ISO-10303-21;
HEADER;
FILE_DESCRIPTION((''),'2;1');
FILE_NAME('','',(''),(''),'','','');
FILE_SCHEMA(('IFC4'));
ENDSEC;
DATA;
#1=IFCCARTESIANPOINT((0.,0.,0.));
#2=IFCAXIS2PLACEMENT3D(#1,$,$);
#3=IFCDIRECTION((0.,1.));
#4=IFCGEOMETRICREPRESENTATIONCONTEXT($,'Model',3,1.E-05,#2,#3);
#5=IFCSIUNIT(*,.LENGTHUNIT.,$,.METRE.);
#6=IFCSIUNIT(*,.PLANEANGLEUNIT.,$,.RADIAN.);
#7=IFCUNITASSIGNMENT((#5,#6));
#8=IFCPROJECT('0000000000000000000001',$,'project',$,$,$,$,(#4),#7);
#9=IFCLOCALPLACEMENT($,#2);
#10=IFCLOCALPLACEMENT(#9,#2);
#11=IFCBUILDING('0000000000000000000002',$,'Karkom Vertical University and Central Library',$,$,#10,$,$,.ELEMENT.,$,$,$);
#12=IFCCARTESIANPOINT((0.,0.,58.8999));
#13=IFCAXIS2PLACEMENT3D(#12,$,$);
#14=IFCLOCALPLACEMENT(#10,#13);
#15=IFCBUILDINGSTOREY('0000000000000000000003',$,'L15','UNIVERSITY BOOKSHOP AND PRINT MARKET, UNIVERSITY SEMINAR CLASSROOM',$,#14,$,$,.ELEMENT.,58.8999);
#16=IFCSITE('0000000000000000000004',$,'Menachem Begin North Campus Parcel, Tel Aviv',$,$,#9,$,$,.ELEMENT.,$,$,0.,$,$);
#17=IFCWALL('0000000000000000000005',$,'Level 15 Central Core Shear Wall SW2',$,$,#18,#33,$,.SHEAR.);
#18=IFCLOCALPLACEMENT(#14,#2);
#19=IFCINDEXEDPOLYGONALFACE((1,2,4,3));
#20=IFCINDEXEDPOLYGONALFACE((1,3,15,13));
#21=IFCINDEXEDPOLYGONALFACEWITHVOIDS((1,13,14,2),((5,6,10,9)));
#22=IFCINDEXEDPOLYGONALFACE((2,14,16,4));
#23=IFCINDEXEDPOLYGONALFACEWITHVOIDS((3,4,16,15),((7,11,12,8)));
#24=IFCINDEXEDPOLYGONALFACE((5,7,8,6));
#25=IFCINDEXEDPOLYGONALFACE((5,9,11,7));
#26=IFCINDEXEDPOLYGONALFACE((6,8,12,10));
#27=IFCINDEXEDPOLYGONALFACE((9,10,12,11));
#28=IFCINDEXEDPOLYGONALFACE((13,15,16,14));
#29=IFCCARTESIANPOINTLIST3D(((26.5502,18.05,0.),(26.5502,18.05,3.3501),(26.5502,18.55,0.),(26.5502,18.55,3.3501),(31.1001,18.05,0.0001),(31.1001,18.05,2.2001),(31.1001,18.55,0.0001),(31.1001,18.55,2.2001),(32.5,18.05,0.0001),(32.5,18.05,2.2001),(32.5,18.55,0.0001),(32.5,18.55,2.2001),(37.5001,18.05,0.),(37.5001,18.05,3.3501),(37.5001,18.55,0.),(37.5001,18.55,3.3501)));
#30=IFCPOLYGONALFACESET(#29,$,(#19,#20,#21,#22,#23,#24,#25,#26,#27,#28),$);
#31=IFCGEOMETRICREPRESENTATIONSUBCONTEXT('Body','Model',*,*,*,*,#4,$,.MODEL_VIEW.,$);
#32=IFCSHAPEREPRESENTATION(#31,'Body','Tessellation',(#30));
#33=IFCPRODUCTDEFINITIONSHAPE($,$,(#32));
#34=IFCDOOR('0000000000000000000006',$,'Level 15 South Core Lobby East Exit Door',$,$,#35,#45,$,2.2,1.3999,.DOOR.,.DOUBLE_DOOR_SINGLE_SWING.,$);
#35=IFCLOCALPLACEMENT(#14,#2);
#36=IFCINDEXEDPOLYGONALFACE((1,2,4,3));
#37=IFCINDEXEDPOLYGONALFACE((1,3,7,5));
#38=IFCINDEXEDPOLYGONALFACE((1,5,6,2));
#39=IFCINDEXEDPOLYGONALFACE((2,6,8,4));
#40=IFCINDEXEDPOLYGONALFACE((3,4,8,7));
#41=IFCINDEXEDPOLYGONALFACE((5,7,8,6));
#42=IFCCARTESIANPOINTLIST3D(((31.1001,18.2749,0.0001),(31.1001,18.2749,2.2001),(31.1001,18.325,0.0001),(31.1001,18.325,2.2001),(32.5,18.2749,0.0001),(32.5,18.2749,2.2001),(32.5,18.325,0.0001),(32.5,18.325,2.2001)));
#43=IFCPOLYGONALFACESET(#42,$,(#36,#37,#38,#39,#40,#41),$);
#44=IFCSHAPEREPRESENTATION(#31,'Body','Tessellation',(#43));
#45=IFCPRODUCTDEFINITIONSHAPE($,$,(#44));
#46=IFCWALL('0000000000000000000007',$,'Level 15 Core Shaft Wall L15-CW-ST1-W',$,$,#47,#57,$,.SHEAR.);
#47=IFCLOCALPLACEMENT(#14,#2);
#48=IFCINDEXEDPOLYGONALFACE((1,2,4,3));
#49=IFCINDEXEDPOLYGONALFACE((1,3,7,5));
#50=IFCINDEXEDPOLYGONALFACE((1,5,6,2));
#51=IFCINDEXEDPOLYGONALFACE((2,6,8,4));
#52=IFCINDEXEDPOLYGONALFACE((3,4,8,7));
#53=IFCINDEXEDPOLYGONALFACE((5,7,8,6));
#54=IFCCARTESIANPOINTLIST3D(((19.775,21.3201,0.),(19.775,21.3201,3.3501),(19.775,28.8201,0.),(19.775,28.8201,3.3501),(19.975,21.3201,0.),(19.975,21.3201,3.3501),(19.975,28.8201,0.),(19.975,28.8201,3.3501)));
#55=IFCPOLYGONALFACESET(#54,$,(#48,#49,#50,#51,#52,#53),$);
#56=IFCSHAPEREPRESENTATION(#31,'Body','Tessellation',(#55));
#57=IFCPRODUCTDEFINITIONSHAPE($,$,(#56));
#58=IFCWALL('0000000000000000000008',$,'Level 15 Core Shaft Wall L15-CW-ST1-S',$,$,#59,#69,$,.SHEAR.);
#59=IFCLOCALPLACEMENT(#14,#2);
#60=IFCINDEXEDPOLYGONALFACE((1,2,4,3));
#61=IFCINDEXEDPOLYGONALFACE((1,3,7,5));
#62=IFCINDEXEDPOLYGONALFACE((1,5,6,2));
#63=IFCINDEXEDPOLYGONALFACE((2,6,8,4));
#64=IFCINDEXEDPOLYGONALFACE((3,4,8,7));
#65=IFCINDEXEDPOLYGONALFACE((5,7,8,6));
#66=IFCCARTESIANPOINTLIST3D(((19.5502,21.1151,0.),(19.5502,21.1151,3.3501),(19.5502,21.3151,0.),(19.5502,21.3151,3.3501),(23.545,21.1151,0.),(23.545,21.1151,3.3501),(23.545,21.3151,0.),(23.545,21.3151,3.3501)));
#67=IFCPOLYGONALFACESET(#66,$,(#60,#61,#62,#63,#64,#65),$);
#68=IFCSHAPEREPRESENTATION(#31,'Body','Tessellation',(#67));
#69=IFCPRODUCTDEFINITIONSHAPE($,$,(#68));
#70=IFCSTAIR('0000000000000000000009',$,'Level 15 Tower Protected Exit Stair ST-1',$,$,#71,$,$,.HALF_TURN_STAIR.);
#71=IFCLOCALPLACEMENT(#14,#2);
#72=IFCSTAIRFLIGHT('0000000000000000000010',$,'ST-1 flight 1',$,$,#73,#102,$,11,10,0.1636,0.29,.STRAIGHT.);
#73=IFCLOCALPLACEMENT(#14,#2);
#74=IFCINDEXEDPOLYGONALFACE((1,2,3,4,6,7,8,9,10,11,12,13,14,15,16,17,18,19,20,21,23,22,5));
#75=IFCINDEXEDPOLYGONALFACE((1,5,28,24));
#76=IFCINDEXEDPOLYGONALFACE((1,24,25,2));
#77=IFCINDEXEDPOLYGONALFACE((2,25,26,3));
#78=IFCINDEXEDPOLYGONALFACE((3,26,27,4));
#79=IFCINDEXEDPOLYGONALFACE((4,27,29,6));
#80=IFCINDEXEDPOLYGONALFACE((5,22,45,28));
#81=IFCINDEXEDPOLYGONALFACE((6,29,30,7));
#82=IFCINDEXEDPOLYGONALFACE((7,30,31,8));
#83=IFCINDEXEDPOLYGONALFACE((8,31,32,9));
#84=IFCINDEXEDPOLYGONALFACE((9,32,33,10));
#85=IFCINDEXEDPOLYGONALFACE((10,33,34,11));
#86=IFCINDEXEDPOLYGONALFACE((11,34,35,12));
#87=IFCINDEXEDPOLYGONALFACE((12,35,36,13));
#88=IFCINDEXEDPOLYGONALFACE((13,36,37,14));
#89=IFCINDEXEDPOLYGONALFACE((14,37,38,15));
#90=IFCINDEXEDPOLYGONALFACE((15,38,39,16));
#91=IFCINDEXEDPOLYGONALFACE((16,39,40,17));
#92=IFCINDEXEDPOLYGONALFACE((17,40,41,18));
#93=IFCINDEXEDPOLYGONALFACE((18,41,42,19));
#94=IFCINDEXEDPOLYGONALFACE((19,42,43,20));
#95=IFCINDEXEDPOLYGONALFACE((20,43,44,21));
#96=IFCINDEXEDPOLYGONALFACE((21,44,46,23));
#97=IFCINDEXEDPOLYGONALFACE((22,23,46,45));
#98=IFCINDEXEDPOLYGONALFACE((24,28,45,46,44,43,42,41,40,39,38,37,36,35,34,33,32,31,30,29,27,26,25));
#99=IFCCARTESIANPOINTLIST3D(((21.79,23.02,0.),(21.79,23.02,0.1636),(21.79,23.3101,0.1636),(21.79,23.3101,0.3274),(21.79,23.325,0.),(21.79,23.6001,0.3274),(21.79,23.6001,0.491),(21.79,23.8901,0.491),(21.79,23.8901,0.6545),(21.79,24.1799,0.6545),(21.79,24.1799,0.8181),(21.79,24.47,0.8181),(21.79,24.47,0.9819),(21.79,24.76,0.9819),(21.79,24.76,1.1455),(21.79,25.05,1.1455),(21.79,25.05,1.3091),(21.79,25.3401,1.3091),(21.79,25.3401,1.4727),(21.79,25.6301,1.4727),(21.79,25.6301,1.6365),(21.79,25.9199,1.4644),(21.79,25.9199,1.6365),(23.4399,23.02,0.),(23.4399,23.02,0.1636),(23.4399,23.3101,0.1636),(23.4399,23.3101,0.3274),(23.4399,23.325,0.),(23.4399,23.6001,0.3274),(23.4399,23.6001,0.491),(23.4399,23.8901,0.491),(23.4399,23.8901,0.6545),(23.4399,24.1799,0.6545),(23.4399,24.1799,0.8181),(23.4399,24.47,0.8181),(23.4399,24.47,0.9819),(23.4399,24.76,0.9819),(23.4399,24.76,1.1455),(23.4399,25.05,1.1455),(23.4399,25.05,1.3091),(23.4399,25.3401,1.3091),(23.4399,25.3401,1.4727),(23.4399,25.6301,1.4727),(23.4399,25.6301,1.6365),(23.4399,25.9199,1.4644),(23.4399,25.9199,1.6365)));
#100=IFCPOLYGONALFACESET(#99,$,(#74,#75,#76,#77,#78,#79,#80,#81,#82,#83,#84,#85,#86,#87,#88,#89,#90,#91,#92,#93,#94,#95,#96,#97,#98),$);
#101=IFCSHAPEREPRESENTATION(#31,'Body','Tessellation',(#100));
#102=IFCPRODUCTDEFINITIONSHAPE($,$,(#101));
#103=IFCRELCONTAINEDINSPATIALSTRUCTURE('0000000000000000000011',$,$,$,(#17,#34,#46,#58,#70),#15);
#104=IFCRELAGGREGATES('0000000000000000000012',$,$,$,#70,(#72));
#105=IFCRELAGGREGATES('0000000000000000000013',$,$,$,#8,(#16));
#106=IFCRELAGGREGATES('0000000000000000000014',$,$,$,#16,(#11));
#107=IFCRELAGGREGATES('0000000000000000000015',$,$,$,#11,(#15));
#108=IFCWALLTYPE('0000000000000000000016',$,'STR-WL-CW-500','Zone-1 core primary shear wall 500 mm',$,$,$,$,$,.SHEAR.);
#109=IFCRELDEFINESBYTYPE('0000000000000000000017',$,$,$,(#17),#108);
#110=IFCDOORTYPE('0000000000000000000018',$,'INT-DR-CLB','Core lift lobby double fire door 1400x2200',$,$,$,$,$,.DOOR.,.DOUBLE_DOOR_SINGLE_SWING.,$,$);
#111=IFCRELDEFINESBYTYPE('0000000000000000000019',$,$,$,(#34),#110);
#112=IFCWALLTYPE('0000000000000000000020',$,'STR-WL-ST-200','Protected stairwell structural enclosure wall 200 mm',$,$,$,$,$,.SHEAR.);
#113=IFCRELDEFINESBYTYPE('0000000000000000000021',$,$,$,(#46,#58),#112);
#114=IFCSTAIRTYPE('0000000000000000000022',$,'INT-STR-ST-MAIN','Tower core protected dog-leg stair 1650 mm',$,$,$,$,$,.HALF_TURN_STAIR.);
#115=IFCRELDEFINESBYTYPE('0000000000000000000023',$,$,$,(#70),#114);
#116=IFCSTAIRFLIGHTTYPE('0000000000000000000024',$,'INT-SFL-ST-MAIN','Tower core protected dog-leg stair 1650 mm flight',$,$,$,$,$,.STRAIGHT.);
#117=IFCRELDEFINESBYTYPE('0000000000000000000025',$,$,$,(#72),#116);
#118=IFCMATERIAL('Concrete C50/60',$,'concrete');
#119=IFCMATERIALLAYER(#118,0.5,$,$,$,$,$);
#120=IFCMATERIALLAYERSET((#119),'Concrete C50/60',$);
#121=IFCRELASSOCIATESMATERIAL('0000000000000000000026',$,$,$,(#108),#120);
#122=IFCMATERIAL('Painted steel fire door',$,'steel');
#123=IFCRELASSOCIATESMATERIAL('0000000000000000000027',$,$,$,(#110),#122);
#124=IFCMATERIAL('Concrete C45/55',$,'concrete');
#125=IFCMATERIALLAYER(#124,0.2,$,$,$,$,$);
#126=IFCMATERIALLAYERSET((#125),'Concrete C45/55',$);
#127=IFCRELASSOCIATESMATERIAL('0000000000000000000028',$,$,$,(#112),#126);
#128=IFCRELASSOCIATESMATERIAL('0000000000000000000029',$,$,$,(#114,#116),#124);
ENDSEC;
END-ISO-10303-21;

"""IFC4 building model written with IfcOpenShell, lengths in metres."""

from ifc_helpers import new_model, si_unit, direction, frame, frame_2d, origin, origin_with_axes, place, context, subcontext, project, spatial, polyline, rectangle, outline, extrude, source, transform, mapped, material, layer, layer_set, type_object, element, fill, aggregate, save


model = new_model("IFC4")

# Units and contexts
model_context = context("Model", 3, precision=1e-05, world=origin(), true_north=direction((0.0, 1.0)))
body_context = subcontext(model_context, "Body", "Model", "MODEL_VIEW")
ifc_project = project(units=[si_unit("LENGTHUNIT", "METRE"), si_unit("PLANEANGLEUNIT", "RADIAN")], contexts=[model_context])

# Site, building, storey
site_placement = place(None, origin())
site = spatial("IfcSite", under=ifc_project, at=site_placement, Name="Menachem Begin North Campus Parcel, Tel Aviv", CompositionType="ELEMENT", RefElevation=0.0)
building_placement = place(site_placement, origin())
building = spatial("IfcBuilding", under=site, at=building_placement, Name="Karkom Vertical University and Central Library", CompositionType="ELEMENT")
storey_placement = place(building_placement, frame((0.0, 0.0, 58.8999)))
storey = spatial("IfcBuildingStorey", under=building, at=storey_placement, Name="L15", Description="UNIVERSITY BOOKSHOP AND PRINT MARKET, UNIVERSITY SEMINAR CLASSROOM", CompositionType="ELEMENT", Elevation=58.8999)

# Shared definitions
ifc_material_1 = material(Name="Concrete C50/60", Category="concrete")

# Wall, opening, door
ifc_layer_1 = layer(ifc_material_1, 0.5)
ifc_layer_set_1 = layer_set([ifc_layer_1], Name="Concrete C50/60")
wall_type_1 = type_object("IfcWallType", Name="STR-WL-CW-500", Description="Zone-1 core primary shear wall 500 mm", PredefinedType="SHEAR", material=ifc_layer_set_1)
wall_1_placement = place(storey_placement, frame((26.55, 18.3, 0.0), z_axis=(0.0, 0.0, 1.0), x_axis=(1.0, 0.0, 0.0)))
wall_1 = element("IfcWall", 1, at=wall_1_placement, inside=storey, type_object=wall_type_1, Name="Level 15 Central Core Shear Wall SW2", PredefinedType="SHEAR", context=body_context, shape_type="SweptSolid", body=[
    extrude(rectangle(XDim=10.95, YDim=0.5, at=frame_2d((5.4751, 0.0))), origin(), (0.0, 0.0, 1.0), 3.3501),
])
opening_1_placement = place(wall_1_placement, frame((4.55, 0.0, 0.0)))
opening_1 = element("IfcOpeningElement", 2, at=opening_1_placement, cuts=wall_1, PredefinedType="OPENING", context=body_context, shape_type="SweptSolid", body=[
    extrude(rectangle(XDim=1.3999, YDim=2.2, at=frame_2d((0.7, 1.1001))), frame((0.0, 0.26, 0.0), z_axis=(0.0, -1.0, 0.0), x_axis=(1.0, 0.0, 0.0)), (0.0, 0.0, 1.0), 0.52),
])
ifc_material_2 = material(Name="Painted steel fire door", Category="steel")
door_type_1 = type_object("IfcDoorType", Name="INT-DR-CLB", Description="Core lift lobby double fire door 1400x2200", OperationType="DOUBLE_DOOR_SINGLE_SWING", PredefinedType="DOOR", material=ifc_material_2)
shared_shape_1 = source(origin_with_axes(), body_context, "Body", "SweptSolid", [
    extrude(rectangle(XDim=1.3999, YDim=2.2, at=frame_2d((0.7, 1.1001))), frame((0.0, 0.0249, 0.0), z_axis=(0.0, -1.0, 0.0), x_axis=(1.0, 0.0, 0.0)), (0.0, 0.0, 1.0), 0.05),
])
door_1_placement = place(opening_1_placement, origin())
door_1 = element("IfcDoor", 3, at=door_1_placement, inside=storey, type_object=door_type_1, Name="Level 15 South Core Lobby East Exit Door", OperationType="DOUBLE_DOOR_SINGLE_SWING", OverallHeight=2.2, OverallWidth=1.3999, PredefinedType="DOOR", context=body_context, shape_type="MappedRepresentation", body=[
    mapped(shared_shape_1, transform((0.0, 0.0, 0.0), scale=1.0)),
])
fill(opening_1, door_1)

# Shared definitions
ifc_material_3 = material(Name="Concrete C45/55", Category="concrete")
ifc_layer_2 = layer(ifc_material_3, 0.2)
ifc_layer_set_2 = layer_set([ifc_layer_2], Name="Concrete C45/55")
wall_type_2 = type_object("IfcWallType", Name="STR-WL-ST-200", Description="Protected stairwell structural enclosure wall 200 mm", PredefinedType="SHEAR", material=ifc_layer_set_2)

# Walls
wall_2_placement = place(storey_placement, frame((19.875, 21.3201, 0.0), z_axis=(0.0, 0.0, 1.0), x_axis=(0.0, 1.0, 0.0)))
element("IfcWall", 4, at=wall_2_placement, inside=storey, type_object=wall_type_2, Name="Level 15 Core Shaft Wall L15-CW-ST1-W", PredefinedType="SHEAR", context=body_context, shape_type="SweptSolid", body=[
    extrude(rectangle(XDim=7.5, YDim=0.2, at=frame_2d((3.75, 0.0))), origin(), (0.0, 0.0, 1.0), 3.3501),
])
wall_3_placement = place(storey_placement, frame((19.55, 21.2151, 0.0), z_axis=(0.0, 0.0, 1.0), x_axis=(1.0, 0.0, 0.0)))
element("IfcWall", 5, at=wall_3_placement, inside=storey, type_object=wall_type_2, Name="Level 15 Core Shaft Wall L15-CW-ST1-S", PredefinedType="SHEAR", context=body_context, shape_type="SweptSolid", body=[
    extrude(rectangle(XDim=3.9949, YDim=0.2, at=frame_2d((1.9976, 0.0))), origin(), (0.0, 0.0, 1.0), 3.3501),
])

# Stair, stair flight
stair_type = type_object("IfcStairType", Name="INT-STR-ST-MAIN", Description="Tower core protected dog-leg stair 1650 mm", PredefinedType="HALF_TURN_STAIR", material=ifc_material_3)
stair_placement = place(storey_placement, origin())
stair = element("IfcStair", 6, at=stair_placement, inside=storey, type_object=stair_type, Name="Level 15 Tower Protected Exit Stair ST-1", PredefinedType="HALF_TURN_STAIR")
stair_flight_type = type_object("IfcStairFlightType", Name="INT-SFL-ST-MAIN", Description="Tower core protected dog-leg stair 1650 mm flight", PredefinedType="STRAIGHT", material=ifc_material_3)
stair_flight_placement = place(storey_placement, frame((22.615, 23.02, 0.0), z_axis=(0.0, 0.0, 1.0), x_axis=(0.0, 1.0, 0.0)))
stair_flight = element("IfcStairFlight", 7, at=stair_flight_placement, type_object=stair_flight_type, Name="ST-1 flight 1", NumberOfRisers=11, NumberOfTreads=10, PredefinedType="STRAIGHT", RiserHeight=0.1636, TreadLength=0.29, context=body_context, shape_type="SweptSolid", body=[
    extrude(outline(polyline([(0.0, 0.0), (0.0, 0.1636), (0.29, 0.1636), (0.29, 0.3274), (0.5801, 0.3274), (0.5801, 0.491), (0.8701, 0.491), (0.8701, 0.6545), (1.1599, 0.6545), (1.1599, 0.8181), (1.45, 0.8181), (1.45, 0.9819), (1.74, 0.9819), (1.74, 1.1455), (2.03, 1.1455), (2.03, 1.3091), (2.3201, 1.3091), (2.3201, 1.4727), (2.6101, 1.4727), (2.6101, 1.6365), (2.8999, 1.6365), (2.8999, 1.8), (2.8999, 1.4644), (0.3049, 0.0), (0.0, 0.0)])), frame((0.0, 0.825, 0.0), z_axis=(0.0, -1.0, 0.0), x_axis=(1.0, 0.0, 0.0)), (0.0, 0.0, 1.0), 1.6499),
])
aggregate(stair, [stair_flight])

save(model, "model.ifc")
